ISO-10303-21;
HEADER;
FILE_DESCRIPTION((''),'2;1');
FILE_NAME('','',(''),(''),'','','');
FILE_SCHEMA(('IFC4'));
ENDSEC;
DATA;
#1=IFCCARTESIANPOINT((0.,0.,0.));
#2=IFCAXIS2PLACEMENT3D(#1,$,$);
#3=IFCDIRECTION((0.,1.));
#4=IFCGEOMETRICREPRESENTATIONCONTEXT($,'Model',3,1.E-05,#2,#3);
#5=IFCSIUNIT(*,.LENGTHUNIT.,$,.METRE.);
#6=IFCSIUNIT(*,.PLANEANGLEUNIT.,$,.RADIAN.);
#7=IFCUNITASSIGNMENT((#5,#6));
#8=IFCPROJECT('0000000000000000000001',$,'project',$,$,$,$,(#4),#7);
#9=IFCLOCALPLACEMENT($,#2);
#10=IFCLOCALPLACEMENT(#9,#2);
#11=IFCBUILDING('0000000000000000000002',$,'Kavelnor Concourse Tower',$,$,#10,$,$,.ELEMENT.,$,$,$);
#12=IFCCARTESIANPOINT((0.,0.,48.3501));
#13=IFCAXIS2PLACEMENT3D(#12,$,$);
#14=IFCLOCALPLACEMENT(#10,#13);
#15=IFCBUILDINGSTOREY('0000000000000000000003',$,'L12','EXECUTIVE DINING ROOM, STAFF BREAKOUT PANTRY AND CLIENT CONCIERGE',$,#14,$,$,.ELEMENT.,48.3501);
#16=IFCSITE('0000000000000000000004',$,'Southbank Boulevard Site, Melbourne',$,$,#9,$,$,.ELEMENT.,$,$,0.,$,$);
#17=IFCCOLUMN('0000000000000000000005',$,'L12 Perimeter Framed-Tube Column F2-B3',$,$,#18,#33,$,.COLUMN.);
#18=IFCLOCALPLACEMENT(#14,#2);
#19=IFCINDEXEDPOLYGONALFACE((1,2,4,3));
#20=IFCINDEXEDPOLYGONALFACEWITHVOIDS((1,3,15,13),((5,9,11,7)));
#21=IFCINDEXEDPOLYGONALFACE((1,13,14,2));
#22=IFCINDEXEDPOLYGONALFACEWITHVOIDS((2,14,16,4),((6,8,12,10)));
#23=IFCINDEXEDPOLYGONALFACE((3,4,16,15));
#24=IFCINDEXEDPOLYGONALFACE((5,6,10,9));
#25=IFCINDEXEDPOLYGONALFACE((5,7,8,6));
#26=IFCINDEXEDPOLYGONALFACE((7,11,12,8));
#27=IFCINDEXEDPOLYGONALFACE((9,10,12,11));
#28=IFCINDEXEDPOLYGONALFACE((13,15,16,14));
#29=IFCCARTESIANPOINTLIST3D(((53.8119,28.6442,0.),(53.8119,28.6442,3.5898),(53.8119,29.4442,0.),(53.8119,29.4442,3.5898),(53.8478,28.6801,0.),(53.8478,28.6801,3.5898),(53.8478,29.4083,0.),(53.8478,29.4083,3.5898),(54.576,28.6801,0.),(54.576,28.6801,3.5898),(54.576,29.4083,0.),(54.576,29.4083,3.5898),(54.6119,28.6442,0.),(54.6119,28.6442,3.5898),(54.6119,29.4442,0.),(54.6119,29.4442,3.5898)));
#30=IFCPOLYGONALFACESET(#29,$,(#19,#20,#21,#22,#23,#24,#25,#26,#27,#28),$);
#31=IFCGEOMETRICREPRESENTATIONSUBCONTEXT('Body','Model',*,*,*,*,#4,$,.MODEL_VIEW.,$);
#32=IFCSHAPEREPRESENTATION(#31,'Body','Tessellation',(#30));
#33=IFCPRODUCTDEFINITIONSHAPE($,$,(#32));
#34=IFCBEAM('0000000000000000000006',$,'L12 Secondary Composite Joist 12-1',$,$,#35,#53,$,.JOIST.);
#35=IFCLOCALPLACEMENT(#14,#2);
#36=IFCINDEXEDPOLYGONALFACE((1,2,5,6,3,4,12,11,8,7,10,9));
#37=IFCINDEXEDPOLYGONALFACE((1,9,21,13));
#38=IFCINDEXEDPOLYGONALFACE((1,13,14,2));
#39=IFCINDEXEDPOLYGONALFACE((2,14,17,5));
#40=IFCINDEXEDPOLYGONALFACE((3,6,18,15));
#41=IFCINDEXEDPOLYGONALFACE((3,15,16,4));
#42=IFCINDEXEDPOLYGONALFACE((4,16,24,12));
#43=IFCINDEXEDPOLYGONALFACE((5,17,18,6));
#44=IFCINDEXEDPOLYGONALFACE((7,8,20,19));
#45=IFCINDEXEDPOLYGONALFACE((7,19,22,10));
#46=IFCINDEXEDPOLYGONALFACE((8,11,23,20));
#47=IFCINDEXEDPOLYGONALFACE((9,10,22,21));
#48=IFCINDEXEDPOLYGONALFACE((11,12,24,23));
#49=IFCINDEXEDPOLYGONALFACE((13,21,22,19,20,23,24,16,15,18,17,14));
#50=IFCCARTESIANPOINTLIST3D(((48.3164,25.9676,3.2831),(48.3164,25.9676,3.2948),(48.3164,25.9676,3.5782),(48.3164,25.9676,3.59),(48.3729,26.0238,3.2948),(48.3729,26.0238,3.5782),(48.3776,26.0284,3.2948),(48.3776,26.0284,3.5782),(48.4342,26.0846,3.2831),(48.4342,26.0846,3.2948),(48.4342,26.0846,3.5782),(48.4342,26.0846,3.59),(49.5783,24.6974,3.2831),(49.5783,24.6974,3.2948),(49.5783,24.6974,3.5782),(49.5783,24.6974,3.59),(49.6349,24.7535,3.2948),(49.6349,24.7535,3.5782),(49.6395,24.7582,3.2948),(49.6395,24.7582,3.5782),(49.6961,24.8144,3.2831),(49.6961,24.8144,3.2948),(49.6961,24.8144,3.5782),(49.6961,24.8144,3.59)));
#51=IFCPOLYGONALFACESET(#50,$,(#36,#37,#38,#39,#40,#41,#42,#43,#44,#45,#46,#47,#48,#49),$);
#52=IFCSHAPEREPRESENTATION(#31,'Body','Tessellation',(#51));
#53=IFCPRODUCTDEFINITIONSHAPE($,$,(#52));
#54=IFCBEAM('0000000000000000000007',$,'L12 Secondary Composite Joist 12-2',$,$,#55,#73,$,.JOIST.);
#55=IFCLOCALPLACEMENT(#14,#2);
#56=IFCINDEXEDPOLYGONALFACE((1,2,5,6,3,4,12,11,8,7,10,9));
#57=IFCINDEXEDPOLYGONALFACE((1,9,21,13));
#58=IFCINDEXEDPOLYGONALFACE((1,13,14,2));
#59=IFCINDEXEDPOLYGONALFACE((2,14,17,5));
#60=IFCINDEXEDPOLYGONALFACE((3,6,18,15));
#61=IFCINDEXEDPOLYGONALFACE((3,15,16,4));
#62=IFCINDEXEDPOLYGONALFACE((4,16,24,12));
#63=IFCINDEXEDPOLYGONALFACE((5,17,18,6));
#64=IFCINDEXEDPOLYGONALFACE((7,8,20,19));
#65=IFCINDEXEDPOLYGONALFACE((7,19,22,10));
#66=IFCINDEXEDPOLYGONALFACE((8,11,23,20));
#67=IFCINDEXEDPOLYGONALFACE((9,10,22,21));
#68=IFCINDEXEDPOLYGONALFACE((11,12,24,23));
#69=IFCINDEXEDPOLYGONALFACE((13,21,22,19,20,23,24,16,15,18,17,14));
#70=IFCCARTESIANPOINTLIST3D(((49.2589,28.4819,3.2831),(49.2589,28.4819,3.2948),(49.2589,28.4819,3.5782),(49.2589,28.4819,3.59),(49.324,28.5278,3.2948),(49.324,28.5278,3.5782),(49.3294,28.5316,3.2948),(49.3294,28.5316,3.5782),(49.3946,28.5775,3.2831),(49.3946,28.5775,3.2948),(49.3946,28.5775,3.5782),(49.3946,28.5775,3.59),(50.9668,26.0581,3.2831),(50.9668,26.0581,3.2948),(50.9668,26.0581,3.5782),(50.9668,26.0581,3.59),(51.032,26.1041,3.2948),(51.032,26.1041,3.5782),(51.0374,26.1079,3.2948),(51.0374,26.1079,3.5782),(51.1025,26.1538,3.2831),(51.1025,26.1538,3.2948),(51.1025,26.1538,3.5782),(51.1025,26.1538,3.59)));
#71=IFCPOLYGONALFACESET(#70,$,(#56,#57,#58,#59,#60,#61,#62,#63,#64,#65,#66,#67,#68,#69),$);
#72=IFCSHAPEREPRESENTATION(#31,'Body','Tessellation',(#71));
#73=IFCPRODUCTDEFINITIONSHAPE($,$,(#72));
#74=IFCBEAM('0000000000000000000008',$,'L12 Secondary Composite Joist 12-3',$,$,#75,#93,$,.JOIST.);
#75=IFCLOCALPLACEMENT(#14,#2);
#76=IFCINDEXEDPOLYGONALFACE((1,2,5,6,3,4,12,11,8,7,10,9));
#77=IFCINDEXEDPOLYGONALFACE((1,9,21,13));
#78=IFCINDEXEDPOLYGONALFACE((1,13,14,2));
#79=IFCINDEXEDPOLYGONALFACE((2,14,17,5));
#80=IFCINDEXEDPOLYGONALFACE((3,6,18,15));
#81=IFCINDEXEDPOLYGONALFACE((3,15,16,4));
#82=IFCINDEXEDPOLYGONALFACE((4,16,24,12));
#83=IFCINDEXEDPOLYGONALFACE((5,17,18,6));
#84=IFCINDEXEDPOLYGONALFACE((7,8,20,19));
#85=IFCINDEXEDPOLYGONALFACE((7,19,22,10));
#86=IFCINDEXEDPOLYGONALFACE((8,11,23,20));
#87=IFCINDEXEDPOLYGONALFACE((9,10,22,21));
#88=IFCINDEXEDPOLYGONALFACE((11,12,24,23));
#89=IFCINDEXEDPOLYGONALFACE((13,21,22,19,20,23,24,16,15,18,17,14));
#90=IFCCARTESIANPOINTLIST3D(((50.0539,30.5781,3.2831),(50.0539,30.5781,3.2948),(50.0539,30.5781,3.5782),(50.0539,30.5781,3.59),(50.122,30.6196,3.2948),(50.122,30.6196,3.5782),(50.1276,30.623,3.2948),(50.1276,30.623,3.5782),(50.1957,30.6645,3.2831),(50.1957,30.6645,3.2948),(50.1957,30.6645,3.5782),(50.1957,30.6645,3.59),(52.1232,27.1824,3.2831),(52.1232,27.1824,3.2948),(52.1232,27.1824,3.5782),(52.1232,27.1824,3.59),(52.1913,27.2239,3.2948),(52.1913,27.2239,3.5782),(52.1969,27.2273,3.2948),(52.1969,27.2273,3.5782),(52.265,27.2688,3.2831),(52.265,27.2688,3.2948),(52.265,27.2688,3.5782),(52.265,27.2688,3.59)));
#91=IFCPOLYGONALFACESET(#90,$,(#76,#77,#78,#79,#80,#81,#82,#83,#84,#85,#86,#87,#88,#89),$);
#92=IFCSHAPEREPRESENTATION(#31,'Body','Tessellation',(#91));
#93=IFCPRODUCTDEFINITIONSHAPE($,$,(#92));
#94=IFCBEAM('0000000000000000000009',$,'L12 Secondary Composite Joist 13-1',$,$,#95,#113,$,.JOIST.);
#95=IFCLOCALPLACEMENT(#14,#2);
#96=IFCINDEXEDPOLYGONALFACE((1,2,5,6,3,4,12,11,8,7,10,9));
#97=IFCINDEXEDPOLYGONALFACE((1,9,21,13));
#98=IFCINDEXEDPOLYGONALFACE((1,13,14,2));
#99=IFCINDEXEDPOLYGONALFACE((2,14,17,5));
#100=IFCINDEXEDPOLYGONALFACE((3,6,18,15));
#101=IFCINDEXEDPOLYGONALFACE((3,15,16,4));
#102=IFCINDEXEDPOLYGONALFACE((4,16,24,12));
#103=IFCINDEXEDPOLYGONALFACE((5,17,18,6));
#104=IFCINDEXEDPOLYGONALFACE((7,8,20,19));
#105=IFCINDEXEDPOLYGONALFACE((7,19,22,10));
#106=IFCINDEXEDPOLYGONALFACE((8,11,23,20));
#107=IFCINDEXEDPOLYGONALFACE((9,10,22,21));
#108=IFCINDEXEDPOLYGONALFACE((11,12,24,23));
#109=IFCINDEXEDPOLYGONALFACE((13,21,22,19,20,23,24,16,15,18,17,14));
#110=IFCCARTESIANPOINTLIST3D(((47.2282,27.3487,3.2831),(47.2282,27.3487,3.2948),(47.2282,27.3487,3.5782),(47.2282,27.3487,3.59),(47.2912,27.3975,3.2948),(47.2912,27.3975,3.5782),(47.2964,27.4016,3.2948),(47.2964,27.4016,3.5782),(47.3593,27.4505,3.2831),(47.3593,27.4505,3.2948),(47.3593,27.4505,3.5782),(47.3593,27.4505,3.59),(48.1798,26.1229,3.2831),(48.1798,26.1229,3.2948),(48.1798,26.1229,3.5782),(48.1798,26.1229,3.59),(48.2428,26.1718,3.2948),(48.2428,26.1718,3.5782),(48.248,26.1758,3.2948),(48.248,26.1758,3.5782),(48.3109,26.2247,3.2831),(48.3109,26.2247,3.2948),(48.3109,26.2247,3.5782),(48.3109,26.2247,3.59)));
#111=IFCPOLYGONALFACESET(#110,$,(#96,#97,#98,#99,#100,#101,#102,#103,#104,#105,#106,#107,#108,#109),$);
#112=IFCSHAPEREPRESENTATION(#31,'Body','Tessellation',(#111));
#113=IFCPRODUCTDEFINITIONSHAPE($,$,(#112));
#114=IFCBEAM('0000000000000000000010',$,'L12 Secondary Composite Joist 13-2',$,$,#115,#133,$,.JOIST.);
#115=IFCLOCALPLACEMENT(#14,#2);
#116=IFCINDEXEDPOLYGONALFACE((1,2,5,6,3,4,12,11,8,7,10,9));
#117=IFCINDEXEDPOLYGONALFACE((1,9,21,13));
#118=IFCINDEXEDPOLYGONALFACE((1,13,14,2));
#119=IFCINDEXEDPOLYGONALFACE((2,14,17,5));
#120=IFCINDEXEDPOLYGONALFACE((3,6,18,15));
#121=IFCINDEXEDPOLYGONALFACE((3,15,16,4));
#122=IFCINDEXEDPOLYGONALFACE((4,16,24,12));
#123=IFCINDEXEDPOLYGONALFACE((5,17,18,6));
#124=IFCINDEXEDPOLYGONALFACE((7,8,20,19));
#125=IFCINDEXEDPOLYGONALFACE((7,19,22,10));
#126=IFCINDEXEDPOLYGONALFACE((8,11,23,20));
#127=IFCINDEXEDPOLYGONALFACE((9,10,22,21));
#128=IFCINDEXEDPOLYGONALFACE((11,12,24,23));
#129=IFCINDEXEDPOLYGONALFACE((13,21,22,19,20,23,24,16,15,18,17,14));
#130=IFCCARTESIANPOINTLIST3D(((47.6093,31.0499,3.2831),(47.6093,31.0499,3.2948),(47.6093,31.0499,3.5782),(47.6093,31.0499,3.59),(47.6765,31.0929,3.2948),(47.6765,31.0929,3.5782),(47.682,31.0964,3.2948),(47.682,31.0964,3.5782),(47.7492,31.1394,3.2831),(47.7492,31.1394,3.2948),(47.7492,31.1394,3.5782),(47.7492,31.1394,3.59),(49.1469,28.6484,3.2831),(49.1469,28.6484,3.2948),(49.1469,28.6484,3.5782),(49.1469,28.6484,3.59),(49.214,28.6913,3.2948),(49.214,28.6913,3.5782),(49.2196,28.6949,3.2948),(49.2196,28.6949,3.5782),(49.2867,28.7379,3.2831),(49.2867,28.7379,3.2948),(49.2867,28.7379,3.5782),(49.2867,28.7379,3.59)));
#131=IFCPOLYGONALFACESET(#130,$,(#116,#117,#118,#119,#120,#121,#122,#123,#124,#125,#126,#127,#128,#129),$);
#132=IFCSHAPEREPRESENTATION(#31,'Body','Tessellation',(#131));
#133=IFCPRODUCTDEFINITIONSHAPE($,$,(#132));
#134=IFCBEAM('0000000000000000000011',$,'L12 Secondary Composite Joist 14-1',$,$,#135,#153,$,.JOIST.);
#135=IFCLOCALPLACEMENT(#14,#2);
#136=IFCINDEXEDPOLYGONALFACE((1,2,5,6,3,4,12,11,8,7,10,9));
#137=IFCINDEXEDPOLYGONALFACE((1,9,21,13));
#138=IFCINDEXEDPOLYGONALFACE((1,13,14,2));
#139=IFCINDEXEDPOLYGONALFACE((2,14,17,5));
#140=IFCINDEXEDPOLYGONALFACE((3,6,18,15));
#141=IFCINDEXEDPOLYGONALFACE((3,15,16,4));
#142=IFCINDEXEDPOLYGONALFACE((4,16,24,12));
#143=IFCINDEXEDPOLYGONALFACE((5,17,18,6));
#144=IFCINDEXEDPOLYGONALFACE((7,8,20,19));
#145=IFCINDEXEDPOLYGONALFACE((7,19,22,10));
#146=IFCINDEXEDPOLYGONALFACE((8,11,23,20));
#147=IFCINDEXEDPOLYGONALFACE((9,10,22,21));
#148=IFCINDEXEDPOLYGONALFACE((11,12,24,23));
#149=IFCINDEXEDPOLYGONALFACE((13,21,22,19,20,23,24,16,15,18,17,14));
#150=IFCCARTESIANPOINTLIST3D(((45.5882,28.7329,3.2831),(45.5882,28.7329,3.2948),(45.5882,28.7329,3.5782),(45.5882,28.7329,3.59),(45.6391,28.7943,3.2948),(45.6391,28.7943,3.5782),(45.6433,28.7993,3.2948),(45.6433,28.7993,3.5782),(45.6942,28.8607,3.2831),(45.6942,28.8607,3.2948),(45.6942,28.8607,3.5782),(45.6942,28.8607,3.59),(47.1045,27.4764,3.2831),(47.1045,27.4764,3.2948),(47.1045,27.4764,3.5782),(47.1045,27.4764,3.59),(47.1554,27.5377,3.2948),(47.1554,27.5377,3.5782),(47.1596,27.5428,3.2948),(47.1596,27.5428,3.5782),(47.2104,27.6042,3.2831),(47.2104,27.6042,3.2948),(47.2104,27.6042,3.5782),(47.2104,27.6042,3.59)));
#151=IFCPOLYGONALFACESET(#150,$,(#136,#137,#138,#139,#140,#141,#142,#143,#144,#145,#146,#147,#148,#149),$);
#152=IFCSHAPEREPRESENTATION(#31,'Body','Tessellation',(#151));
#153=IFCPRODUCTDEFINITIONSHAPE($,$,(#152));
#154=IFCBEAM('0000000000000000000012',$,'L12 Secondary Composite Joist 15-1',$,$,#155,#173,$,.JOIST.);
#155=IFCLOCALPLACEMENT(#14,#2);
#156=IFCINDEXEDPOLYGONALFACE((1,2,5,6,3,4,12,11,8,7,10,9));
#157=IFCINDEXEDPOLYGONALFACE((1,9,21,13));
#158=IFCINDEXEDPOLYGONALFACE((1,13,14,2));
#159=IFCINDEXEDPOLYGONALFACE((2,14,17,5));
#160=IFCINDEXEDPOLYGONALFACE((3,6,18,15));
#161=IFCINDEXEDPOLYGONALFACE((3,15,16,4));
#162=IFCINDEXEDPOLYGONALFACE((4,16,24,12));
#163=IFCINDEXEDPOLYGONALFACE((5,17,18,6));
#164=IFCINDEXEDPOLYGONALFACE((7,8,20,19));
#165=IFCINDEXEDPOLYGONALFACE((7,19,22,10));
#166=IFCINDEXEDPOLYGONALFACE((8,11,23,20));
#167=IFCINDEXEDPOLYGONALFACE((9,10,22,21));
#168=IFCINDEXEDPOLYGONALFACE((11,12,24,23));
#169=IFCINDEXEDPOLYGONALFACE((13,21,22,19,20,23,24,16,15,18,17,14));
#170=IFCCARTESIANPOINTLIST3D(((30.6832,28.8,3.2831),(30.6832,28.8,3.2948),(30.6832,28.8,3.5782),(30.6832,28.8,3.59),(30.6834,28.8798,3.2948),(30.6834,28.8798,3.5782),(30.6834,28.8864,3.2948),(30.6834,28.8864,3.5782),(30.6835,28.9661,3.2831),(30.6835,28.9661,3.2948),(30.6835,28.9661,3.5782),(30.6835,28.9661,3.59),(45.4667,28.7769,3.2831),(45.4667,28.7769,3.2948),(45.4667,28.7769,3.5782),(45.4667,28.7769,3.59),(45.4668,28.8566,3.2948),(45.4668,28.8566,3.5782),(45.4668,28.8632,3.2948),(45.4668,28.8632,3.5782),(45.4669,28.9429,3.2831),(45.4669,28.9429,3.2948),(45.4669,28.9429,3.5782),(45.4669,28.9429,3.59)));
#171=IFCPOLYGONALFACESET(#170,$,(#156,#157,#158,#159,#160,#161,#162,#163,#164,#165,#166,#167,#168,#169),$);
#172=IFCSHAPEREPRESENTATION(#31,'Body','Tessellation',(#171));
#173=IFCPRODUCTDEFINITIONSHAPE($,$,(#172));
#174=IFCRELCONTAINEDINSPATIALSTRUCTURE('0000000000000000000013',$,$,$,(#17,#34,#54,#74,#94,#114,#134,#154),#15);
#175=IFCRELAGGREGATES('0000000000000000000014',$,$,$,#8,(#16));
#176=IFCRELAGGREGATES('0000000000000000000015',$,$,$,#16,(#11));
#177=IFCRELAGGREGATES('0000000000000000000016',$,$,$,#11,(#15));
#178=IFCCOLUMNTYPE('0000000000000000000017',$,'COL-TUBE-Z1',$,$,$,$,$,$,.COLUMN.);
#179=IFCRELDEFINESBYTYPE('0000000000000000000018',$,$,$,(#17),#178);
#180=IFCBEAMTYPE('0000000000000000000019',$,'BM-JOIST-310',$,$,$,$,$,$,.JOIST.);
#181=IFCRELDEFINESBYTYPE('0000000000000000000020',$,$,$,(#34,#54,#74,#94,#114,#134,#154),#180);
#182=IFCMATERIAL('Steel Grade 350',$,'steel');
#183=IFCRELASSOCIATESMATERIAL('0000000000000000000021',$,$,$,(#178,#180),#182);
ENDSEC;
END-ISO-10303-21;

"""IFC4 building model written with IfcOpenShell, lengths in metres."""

from ifc_helpers import new_model, si_unit, direction, frame, origin, origin_2d, place, context, subcontext, project, spatial, hollow_rectangle, i_section, extrude, material, material_profile, profile_set, type_object, element, save


model = new_model("IFC4")

# Units and contexts
model_context = context("Model", 3, precision=1e-05, world=origin(), true_north=direction((0.0, 1.0)))
body_context = subcontext(model_context, "Body", "Model", "MODEL_VIEW")
ifc_project = project(units=[si_unit("LENGTHUNIT", "METRE"), si_unit("PLANEANGLEUNIT", "RADIAN")], contexts=[model_context])

# Site, building, storey
site_placement = place(None, origin())
site = spatial("IfcSite", under=ifc_project, at=site_placement, Name="Southbank Boulevard Site, Melbourne", CompositionType="ELEMENT", RefElevation=0.0)
building_placement = place(site_placement, origin())
building = spatial("IfcBuilding", under=site, at=building_placement, Name="Kavelnor Concourse Tower", CompositionType="ELEMENT")
storey_placement = place(building_placement, frame((0.0, 0.0, 48.3501)))
storey = spatial("IfcBuildingStorey", under=building, at=storey_placement, Name="L12", Description="EXECUTIVE DINING ROOM, STAFF BREAKOUT PANTRY AND CLIENT CONCIERGE", CompositionType="ELEMENT", Elevation=48.3501)

# Column
ifc_material_1 = material(Name="Steel Grade 350", Category="steel")
ifc_material_profile_1 = material_profile(ifc_material_1, hollow_rectangle(XDim=0.8, YDim=0.8, WallThickness=0.0359, at=origin_2d()), Name="SHS 800x800x36")
ifc_profile_set_1 = profile_set([ifc_material_profile_1], Name="Steel Grade 350")
column_type = type_object("IfcColumnType", Name="COL-TUBE-Z1", PredefinedType="COLUMN", material=ifc_profile_set_1)
column_placement = place(storey_placement, frame((54.2119, 29.0442, 0.0), z_axis=(0.0, 0.0, 1.0), x_axis=(1.0, 0.0, 0.0)))
element("IfcColumn", 1, at=column_placement, inside=storey, type_object=column_type, Name="L12 Perimeter Framed-Tube Column F2-B3", PredefinedType="COLUMN", context=body_context, shape_type="SweptSolid", body=[
    extrude(hollow_rectangle(XDim=0.8, YDim=0.8, WallThickness=0.0359, at=origin_2d()), origin(), (0.0, 0.0, 1.0), 3.5898),
])

# Beams
ifc_material_profile_2 = material_profile(ifc_material_1, i_section(OverallWidth=0.166, OverallDepth=0.3069, WebThickness=0.0066, FlangeThickness=0.0117, at=origin_2d()), Name="310UB46")
ifc_profile_set_2 = profile_set([ifc_material_profile_2], Name="Steel Grade 350")
beam_type_1 = type_object("IfcBeamType", Name="BM-JOIST-310", PredefinedType="JOIST", material=ifc_profile_set_2)
beam_1_placement = place(storey_placement, frame((49.6372, 24.7559, 3.4365), z_axis=(-0.704785, 0.709421, 0.0), x_axis=(-0.709421, -0.704785, 0.0)))
element("IfcBeam", 2, at=beam_1_placement, inside=storey, type_object=beam_type_1, Name="L12 Secondary Composite Joist 12-1", PredefinedType="JOIST", context=body_context, shape_type="SweptSolid", body=[
    extrude(i_section(OverallWidth=0.166, OverallDepth=0.3069, WebThickness=0.0066, FlangeThickness=0.0117, at=origin_2d()), origin(), (0.0, 0.0, 1.0), 1.7905),
])
beam_2_placement = place(storey_placement, frame((51.0347, 26.106, 3.4365), z_axis=(-0.576024, 0.817433, 0.0), x_axis=(-0.817433, -0.576024, 0.0)))
element("IfcBeam", 3, at=beam_2_placement, inside=storey, type_object=beam_type_1, Name="L12 Secondary Composite Joist 12-2", PredefinedType="JOIST", context=body_context, shape_type="SweptSolid", body=[
    extrude(i_section(OverallWidth=0.166, OverallDepth=0.3069, WebThickness=0.0066, FlangeThickness=0.0117, at=origin_2d()), origin(), (0.0, 0.0, 1.0), 2.9651),
])
beam_3_placement = place(storey_placement, frame((52.1941, 27.2256, 3.4365), z_axis=(-0.520379, 0.853935, 0.0), x_axis=(-0.853935, -0.520379, 0.0)))
element("IfcBeam", 4, at=beam_3_placement, inside=storey, type_object=beam_type_1, Name="L12 Secondary Composite Joist 12-3", PredefinedType="JOIST", context=body_context, shape_type="SweptSolid", body=[
    extrude(i_section(OverallWidth=0.166, OverallDepth=0.3069, WebThickness=0.0066, FlangeThickness=0.0117, at=origin_2d()), origin(), (0.0, 0.0, 1.0), 3.9766),
])
beam_4_placement = place(storey_placement, frame((48.2454, 26.1738, 3.4365), z_axis=(-0.613232, 0.789903, 0.0), x_axis=(-0.789903, -0.613232, 0.0)))
element("IfcBeam", 5, at=beam_4_placement, inside=storey, type_object=beam_type_1, Name="L12 Secondary Composite Joist 13-1", PredefinedType="JOIST", context=body_context, shape_type="SweptSolid", body=[
    extrude(i_section(OverallWidth=0.166, OverallDepth=0.3069, WebThickness=0.0066, FlangeThickness=0.0117, at=origin_2d()), origin(), (0.0, 0.0, 1.0), 1.5518),
])
beam_5_placement = place(storey_placement, frame((49.2168, 28.6931, 3.4365), z_axis=(-0.539195, 0.842181, 0.0), x_axis=(-0.842181, -0.539195, 0.0)))
element("IfcBeam", 6, at=beam_5_placement, inside=storey, type_object=beam_type_1, Name="L12 Secondary Composite Joist 13-2", PredefinedType="JOIST", context=body_context, shape_type="SweptSolid", body=[
    extrude(i_section(OverallWidth=0.166, OverallDepth=0.3069, WebThickness=0.0066, FlangeThickness=0.0117, at=origin_2d()), origin(), (0.0, 0.0, 1.0), 2.8516),
])
beam_6_placement = place(storey_placement, frame((47.1575, 27.5403, 3.4365), z_axis=(-0.769976, 0.638072, 0.0), x_axis=(-0.638072, -0.769976, 0.0)))
element("IfcBeam", 7, at=beam_6_placement, inside=storey, type_object=beam_type_1, Name="L12 Secondary Composite Joist 14-1", PredefinedType="JOIST", context=body_context, shape_type="SweptSolid", body=[
    extrude(i_section(OverallWidth=0.166, OverallDepth=0.3069, WebThickness=0.0066, FlangeThickness=0.0117, at=origin_2d()), origin(), (0.0, 0.0, 1.0), 1.9692),
])
beam_7_placement = place(storey_placement, frame((45.4668, 28.8599, 3.4365), z_axis=(-0.999999, 0.001569, 0.0), x_axis=(-0.001569, -0.999999, 0.0)))
element("IfcBeam", 8, at=beam_7_placement, inside=storey, type_object=beam_type_1, Name="L12 Secondary Composite Joist 15-1", PredefinedType="JOIST", context=body_context, shape_type="SweptSolid", body=[
    extrude(i_section(OverallWidth=0.166, OverallDepth=0.3069, WebThickness=0.0066, FlangeThickness=0.0117, at=origin_2d()), origin(), (0.0, 0.0, 1.0), 14.7834),
])

save(model, "model.ifc")
